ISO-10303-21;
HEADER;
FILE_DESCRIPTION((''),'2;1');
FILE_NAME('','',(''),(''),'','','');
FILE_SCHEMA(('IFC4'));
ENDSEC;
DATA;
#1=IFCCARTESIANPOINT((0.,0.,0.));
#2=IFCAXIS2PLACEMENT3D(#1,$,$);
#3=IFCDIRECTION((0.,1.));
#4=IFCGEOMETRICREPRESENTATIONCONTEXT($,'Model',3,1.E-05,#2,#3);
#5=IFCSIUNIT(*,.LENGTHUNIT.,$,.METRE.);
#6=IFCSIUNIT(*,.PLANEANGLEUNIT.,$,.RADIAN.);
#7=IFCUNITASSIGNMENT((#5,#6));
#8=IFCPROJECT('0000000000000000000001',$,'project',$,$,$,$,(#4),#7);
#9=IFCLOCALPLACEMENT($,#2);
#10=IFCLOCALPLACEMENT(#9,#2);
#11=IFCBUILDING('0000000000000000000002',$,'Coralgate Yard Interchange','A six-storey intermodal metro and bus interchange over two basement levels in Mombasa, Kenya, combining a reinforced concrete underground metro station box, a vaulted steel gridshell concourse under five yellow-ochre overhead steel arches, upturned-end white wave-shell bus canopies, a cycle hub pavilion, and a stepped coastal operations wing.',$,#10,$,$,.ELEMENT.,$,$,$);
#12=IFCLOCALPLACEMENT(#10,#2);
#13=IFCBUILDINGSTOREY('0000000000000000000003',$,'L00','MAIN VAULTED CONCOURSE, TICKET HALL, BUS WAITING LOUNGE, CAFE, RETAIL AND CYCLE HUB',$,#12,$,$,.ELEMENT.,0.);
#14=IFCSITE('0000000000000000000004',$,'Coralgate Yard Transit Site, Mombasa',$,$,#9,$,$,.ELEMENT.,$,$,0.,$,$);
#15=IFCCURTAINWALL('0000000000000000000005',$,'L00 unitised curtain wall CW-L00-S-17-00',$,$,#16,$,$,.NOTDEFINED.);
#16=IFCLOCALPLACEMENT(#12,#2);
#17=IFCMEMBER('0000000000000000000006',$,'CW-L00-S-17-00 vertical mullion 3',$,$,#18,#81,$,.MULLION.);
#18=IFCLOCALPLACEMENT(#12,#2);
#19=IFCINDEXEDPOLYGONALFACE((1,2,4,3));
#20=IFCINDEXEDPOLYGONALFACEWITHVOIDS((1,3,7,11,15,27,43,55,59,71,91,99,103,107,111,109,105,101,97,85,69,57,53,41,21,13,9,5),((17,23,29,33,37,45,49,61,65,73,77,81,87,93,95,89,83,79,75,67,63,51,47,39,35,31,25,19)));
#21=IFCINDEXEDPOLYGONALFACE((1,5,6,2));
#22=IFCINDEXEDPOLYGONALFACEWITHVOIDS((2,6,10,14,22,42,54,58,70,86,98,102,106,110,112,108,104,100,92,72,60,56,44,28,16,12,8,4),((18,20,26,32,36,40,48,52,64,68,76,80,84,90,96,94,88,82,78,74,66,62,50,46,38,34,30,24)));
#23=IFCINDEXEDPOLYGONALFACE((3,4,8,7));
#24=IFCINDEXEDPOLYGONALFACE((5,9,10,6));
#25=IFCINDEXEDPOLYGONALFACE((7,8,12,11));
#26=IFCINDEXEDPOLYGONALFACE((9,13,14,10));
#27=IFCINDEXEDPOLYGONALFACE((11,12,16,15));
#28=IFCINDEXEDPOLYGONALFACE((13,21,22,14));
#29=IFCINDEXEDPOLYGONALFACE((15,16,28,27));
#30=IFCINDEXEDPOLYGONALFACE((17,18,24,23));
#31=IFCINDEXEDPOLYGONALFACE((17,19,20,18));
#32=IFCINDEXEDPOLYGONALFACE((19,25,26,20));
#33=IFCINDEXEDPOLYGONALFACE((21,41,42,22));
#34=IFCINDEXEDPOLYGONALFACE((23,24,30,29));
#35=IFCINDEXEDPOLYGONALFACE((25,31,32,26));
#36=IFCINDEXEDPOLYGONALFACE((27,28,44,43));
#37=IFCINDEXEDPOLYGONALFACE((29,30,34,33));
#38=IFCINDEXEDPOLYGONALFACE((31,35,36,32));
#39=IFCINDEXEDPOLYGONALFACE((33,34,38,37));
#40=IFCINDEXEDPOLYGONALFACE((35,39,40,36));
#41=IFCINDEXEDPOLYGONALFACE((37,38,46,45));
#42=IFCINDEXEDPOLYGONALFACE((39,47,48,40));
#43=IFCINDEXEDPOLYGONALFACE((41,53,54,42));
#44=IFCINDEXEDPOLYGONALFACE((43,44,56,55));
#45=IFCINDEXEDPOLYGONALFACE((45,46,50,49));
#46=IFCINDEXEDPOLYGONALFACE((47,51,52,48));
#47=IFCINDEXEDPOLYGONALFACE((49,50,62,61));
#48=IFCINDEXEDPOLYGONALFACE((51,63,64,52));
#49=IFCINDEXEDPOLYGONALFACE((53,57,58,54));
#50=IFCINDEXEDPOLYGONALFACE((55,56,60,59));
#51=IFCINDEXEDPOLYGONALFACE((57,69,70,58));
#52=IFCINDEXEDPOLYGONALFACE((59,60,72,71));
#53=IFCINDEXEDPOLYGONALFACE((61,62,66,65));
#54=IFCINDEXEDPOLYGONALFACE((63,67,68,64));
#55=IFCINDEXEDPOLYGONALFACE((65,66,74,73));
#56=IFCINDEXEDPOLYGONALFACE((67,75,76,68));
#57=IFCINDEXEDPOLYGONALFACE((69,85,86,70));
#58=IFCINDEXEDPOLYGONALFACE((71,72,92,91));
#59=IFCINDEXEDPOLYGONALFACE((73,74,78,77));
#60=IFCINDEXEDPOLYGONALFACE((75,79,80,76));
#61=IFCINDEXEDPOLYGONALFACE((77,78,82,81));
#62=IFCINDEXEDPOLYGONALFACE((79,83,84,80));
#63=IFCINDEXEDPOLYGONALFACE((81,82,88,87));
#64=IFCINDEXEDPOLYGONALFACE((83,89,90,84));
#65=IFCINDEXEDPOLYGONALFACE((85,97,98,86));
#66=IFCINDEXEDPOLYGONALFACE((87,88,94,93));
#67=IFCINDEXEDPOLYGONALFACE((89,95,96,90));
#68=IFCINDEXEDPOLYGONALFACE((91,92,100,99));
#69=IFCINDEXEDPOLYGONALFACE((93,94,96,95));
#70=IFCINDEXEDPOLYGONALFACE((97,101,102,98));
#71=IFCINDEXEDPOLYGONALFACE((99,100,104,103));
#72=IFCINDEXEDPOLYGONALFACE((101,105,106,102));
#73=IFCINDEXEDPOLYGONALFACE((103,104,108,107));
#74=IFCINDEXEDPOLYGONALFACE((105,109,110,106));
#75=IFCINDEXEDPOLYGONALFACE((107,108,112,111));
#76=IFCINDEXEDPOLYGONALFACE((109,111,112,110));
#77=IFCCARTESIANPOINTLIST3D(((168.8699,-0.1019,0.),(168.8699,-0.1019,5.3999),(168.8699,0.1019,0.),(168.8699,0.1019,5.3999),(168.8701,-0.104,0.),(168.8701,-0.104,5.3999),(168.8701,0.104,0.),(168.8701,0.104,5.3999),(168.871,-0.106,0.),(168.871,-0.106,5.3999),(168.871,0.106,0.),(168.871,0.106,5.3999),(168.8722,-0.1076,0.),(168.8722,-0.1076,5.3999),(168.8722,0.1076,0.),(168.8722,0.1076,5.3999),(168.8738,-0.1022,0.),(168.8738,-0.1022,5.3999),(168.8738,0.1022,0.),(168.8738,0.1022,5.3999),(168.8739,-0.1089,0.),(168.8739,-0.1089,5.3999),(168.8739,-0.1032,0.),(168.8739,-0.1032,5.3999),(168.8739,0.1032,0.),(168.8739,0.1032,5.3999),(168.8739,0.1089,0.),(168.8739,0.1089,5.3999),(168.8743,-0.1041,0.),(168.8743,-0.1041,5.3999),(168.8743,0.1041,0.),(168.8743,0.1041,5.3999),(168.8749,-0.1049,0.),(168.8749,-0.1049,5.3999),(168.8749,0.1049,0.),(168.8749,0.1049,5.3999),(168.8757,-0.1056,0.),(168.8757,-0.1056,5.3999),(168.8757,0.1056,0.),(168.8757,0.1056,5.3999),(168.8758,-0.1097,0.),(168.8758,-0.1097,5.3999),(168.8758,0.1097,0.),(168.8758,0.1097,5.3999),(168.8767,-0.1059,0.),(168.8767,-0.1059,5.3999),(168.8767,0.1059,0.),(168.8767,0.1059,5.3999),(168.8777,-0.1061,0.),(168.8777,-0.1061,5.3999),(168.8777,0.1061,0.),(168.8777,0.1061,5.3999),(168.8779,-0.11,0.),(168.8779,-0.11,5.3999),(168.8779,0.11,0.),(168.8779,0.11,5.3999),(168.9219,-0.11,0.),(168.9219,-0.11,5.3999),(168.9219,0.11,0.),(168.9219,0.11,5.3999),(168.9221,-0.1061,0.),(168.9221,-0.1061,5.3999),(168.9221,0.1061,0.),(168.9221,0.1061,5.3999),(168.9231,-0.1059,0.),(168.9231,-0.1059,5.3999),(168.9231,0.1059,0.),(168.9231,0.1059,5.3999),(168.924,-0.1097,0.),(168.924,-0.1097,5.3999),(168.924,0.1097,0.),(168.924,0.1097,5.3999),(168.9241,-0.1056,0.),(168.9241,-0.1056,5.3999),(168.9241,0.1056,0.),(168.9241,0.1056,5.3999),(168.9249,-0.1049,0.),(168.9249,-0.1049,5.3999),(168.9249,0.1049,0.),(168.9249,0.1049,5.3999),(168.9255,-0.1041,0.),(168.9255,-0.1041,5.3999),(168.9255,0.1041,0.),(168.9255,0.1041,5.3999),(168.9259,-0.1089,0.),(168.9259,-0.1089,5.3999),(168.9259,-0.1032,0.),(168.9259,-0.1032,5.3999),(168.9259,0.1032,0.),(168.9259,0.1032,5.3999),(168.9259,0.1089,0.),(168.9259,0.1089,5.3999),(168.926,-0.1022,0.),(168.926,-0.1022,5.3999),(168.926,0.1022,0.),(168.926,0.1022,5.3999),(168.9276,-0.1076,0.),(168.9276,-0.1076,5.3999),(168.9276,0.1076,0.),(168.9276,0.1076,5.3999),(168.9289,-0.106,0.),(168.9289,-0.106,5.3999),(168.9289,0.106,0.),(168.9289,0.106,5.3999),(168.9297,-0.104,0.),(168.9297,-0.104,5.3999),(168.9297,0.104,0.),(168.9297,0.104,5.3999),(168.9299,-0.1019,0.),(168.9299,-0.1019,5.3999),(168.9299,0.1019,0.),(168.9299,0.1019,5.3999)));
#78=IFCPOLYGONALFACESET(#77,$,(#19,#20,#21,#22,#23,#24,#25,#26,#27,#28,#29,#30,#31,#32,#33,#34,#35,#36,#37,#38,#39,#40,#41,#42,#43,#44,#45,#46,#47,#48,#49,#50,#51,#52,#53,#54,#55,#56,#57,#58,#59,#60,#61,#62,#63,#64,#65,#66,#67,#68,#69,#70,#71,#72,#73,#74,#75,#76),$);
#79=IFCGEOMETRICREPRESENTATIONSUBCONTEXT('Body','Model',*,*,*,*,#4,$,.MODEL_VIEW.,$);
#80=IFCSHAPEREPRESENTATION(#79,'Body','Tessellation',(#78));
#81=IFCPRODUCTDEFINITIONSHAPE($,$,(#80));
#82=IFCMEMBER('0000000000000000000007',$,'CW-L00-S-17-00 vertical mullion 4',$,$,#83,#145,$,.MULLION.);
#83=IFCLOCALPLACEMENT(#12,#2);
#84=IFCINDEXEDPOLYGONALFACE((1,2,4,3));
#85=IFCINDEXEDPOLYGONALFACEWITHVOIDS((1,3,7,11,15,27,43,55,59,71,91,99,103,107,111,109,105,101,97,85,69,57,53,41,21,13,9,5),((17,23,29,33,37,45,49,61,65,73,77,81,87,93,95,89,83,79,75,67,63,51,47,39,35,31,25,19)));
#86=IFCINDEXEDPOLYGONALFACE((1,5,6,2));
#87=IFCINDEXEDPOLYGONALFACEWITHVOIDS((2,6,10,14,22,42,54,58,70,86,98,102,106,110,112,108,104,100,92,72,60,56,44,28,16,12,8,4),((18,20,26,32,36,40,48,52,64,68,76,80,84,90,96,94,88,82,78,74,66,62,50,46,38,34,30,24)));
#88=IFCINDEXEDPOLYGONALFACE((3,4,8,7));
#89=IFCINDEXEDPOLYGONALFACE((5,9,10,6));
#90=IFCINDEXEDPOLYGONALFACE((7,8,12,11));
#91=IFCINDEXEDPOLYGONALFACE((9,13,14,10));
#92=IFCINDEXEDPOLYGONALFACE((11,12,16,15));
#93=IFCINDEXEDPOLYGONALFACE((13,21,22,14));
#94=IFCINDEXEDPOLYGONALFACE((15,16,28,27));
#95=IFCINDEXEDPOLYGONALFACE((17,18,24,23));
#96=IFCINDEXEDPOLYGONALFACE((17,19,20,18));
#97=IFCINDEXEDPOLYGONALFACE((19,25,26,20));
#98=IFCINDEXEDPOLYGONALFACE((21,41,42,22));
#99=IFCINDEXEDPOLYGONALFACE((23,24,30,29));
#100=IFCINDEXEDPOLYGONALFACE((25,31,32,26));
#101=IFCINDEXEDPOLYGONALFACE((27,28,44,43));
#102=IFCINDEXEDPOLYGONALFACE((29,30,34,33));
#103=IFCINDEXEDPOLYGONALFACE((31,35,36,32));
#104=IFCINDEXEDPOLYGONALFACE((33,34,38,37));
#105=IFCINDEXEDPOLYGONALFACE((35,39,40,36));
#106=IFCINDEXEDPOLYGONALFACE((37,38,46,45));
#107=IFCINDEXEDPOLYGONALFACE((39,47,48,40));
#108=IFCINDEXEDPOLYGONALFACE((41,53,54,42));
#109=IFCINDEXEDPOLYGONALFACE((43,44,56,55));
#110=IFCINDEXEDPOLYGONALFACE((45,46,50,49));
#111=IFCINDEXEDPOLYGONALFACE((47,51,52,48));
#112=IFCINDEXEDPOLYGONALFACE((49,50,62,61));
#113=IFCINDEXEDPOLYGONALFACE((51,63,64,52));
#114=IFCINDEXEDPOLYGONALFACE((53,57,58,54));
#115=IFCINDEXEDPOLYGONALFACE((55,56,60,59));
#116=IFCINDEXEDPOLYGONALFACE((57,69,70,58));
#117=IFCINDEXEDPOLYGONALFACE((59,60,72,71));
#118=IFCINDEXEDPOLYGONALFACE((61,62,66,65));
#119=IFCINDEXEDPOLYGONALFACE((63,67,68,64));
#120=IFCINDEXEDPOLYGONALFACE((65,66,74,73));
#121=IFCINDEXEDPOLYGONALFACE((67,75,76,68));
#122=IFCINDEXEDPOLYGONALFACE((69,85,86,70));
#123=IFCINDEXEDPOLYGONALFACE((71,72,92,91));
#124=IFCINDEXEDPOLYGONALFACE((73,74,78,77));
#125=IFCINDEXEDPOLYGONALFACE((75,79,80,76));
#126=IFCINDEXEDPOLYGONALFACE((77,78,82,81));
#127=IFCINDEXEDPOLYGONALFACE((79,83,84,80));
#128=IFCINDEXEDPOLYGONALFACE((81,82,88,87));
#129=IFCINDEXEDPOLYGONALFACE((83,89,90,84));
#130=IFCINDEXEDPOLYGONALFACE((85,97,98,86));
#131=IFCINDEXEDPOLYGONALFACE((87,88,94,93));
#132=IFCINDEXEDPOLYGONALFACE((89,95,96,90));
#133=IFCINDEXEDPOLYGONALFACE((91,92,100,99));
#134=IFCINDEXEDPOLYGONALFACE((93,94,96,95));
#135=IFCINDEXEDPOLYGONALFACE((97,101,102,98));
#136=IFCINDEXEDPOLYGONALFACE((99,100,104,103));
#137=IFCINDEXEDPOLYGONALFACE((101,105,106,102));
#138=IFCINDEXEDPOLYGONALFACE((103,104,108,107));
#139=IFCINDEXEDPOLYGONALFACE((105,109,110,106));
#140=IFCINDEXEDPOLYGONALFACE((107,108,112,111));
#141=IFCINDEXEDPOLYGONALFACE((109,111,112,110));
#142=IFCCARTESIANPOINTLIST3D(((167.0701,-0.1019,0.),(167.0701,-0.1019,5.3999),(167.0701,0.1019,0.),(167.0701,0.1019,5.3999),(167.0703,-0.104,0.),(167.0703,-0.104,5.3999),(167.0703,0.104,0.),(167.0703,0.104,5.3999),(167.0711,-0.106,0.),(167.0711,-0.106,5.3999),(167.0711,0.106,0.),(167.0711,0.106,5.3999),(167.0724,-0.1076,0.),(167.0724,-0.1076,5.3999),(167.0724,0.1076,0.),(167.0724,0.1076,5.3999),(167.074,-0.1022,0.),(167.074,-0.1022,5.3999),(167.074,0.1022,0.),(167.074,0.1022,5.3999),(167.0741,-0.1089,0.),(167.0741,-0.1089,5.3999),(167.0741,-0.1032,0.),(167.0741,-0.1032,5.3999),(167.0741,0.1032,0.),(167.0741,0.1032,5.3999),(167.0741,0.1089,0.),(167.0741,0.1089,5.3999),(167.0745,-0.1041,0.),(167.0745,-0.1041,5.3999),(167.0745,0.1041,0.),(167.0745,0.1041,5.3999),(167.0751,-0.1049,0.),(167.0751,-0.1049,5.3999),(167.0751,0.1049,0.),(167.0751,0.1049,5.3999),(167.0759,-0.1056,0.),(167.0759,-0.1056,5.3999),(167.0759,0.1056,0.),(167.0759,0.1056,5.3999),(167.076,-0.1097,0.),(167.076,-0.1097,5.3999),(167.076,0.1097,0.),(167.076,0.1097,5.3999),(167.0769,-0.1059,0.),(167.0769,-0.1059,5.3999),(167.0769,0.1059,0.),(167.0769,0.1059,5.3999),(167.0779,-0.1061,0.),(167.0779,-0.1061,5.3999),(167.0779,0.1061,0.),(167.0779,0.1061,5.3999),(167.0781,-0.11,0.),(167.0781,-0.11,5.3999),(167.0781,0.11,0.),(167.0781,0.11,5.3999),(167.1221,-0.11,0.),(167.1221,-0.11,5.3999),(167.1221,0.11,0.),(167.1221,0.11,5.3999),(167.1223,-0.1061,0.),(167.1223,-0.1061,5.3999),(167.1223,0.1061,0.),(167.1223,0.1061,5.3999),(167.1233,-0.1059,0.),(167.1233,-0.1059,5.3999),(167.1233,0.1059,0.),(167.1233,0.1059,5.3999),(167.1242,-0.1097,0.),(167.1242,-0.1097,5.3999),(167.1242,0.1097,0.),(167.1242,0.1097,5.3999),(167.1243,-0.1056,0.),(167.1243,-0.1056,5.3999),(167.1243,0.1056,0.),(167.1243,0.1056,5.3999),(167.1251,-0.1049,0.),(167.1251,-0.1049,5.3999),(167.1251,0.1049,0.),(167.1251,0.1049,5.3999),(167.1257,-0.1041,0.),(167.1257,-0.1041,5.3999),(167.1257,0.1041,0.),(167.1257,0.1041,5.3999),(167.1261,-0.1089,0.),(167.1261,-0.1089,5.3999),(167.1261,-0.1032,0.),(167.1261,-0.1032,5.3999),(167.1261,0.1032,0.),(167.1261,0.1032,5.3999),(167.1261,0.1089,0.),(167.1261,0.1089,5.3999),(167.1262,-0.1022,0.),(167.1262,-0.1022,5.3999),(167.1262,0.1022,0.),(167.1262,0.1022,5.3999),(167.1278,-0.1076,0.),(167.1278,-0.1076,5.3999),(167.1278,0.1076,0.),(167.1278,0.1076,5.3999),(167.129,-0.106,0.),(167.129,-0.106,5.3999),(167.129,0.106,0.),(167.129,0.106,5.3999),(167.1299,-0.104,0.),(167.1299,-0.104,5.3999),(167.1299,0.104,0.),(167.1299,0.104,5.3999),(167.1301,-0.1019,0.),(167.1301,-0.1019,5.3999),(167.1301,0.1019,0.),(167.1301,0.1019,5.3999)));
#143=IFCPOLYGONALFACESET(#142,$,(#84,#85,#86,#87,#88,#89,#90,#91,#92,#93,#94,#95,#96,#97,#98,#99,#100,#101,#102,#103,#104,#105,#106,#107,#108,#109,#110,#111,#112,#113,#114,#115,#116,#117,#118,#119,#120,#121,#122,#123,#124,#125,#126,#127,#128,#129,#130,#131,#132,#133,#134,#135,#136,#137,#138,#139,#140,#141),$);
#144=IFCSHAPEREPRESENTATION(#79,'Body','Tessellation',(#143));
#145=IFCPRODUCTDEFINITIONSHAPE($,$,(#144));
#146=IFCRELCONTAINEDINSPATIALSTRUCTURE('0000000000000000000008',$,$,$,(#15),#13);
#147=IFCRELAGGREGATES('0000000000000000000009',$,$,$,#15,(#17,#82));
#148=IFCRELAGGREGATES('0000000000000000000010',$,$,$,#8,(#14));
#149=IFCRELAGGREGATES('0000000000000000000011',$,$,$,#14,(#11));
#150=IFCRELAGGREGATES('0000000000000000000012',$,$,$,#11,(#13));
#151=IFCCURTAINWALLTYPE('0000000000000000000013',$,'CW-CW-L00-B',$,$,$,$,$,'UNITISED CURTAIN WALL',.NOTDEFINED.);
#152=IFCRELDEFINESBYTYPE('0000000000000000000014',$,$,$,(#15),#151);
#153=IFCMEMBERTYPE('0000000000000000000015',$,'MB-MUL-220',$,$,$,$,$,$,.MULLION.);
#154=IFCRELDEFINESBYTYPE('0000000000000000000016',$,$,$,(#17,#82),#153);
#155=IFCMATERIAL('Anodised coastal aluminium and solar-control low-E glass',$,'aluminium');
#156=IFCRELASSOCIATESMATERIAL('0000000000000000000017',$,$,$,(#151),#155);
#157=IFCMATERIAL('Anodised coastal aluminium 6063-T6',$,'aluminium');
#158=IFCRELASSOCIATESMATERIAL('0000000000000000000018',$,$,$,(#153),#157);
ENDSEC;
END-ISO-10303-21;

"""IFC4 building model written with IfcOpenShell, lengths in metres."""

from ifc_helpers import new_model, si_unit, direction, frame, origin, origin_2d, place, context, subcontext, project, spatial, hollow_rectangle, extrude, material, material_profile, profile_set, type_object, element, aggregate, save


model = new_model("IFC4")

# Units and contexts
model_context = context("Model", 3, precision=1e-05, world=origin(), true_north=direction((0.0, 1.0)))
body_context = subcontext(model_context, "Body", "Model", "MODEL_VIEW")
ifc_project = project(units=[si_unit("LENGTHUNIT", "METRE"), si_unit("PLANEANGLEUNIT", "RADIAN")], contexts=[model_context])

# Site, building, storey
site_placement = place(None, origin())
site = spatial("IfcSite", under=ifc_project, at=site_placement, Name="Coralgate Yard Transit Site, Mombasa", CompositionType="ELEMENT", RefElevation=0.0)
building_placement = place(site_placement, origin())
building = spatial("IfcBuilding", under=site, at=building_placement, Name="Coralgate Yard Interchange", Description="A six-storey intermodal metro and bus interchange over two basement levels in Mombasa, Kenya, combining a reinforced concrete underground metro station box, a vaulted steel gridshell concourse under five yellow-ochre overhead steel arches, upturned-end white wave-shell bus canopies, a cycle hub pavilion, and a stepped coastal operations wing.", CompositionType="ELEMENT")
storey_placement = place(building_placement, origin())
storey = spatial("IfcBuildingStorey", under=building, at=storey_placement, Name="L00", Description="MAIN VAULTED CONCOURSE, TICKET HALL, BUS WAITING LOUNGE, CAFE, RETAIL AND CYCLE HUB", CompositionType="ELEMENT", Elevation=0.0)

# Curtain wall, members
ifc_material_1 = material(Name="Anodised coastal aluminium and solar-control low-E glass", Category="aluminium")
curtain_wall_type = type_object("IfcCurtainWallType", Name="CW-CW-L00-B", ElementType="UNITISED CURTAIN WALL", PredefinedType="NOTDEFINED", material=ifc_material_1)
curtain_wall_placement = place(storey_placement, origin())
curtain_wall = element("IfcCurtainWall", 1, at=curtain_wall_placement, inside=storey, type_object=curtain_wall_type, Name="L00 unitised curtain wall CW-L00-S-17-00", PredefinedType="NOTDEFINED")
ifc_material_2 = material(Name="Anodised coastal aluminium 6063-T6", Category="aluminium")
ifc_material_profile_1 = material_profile(ifc_material_2, hollow_rectangle(XDim=0.0601, YDim=0.22, WallThickness=0.0039, InnerFilletRadius=0.0039, OuterFilletRadius=0.0081, at=origin_2d()), Name="ALU 60x220x4")
ifc_profile_set_1 = profile_set([ifc_material_profile_1], Name="Anodised coastal aluminium 6063-T6")
member_type_1 = type_object("IfcMemberType", Name="MB-MUL-220", PredefinedType="MULLION", material=ifc_profile_set_1)
member_1_placement = place(storey_placement, frame((168.8999, 0.0, 0.0), z_axis=(0.0, 0.0, 1.0), x_axis=(1.0, 0.0, 0.0)))
member_1 = element("IfcMember", 2, at=member_1_placement, type_object=member_type_1, Name="CW-L00-S-17-00 vertical mullion 3", PredefinedType="MULLION", context=body_context, shape_type="SweptSolid", body=[
    extrude(hollow_rectangle(XDim=0.0601, YDim=0.22, WallThickness=0.0039, InnerFilletRadius=0.0039, OuterFilletRadius=0.0081, at=origin_2d()), origin(), (0.0, 0.0, 1.0), 5.3999),
])
member_2_placement = place(storey_placement, frame((167.1001, 0.0, 0.0), z_axis=(0.0, 0.0, 1.0), x_axis=(1.0, 0.0, 0.0)))
member_2 = element("IfcMember", 3, at=member_2_placement, type_object=member_type_1, Name="CW-L00-S-17-00 vertical mullion 4", PredefinedType="MULLION", context=body_context, shape_type="SweptSolid", body=[
    extrude(hollow_rectangle(XDim=0.0601, YDim=0.22, WallThickness=0.0039, InnerFilletRadius=0.0039, OuterFilletRadius=0.0081, at=origin_2d()), origin(), (0.0, 0.0, 1.0), 5.3999),
])
aggregate(curtain_wall, [member_1, member_2])

save(model, "model.ifc")
